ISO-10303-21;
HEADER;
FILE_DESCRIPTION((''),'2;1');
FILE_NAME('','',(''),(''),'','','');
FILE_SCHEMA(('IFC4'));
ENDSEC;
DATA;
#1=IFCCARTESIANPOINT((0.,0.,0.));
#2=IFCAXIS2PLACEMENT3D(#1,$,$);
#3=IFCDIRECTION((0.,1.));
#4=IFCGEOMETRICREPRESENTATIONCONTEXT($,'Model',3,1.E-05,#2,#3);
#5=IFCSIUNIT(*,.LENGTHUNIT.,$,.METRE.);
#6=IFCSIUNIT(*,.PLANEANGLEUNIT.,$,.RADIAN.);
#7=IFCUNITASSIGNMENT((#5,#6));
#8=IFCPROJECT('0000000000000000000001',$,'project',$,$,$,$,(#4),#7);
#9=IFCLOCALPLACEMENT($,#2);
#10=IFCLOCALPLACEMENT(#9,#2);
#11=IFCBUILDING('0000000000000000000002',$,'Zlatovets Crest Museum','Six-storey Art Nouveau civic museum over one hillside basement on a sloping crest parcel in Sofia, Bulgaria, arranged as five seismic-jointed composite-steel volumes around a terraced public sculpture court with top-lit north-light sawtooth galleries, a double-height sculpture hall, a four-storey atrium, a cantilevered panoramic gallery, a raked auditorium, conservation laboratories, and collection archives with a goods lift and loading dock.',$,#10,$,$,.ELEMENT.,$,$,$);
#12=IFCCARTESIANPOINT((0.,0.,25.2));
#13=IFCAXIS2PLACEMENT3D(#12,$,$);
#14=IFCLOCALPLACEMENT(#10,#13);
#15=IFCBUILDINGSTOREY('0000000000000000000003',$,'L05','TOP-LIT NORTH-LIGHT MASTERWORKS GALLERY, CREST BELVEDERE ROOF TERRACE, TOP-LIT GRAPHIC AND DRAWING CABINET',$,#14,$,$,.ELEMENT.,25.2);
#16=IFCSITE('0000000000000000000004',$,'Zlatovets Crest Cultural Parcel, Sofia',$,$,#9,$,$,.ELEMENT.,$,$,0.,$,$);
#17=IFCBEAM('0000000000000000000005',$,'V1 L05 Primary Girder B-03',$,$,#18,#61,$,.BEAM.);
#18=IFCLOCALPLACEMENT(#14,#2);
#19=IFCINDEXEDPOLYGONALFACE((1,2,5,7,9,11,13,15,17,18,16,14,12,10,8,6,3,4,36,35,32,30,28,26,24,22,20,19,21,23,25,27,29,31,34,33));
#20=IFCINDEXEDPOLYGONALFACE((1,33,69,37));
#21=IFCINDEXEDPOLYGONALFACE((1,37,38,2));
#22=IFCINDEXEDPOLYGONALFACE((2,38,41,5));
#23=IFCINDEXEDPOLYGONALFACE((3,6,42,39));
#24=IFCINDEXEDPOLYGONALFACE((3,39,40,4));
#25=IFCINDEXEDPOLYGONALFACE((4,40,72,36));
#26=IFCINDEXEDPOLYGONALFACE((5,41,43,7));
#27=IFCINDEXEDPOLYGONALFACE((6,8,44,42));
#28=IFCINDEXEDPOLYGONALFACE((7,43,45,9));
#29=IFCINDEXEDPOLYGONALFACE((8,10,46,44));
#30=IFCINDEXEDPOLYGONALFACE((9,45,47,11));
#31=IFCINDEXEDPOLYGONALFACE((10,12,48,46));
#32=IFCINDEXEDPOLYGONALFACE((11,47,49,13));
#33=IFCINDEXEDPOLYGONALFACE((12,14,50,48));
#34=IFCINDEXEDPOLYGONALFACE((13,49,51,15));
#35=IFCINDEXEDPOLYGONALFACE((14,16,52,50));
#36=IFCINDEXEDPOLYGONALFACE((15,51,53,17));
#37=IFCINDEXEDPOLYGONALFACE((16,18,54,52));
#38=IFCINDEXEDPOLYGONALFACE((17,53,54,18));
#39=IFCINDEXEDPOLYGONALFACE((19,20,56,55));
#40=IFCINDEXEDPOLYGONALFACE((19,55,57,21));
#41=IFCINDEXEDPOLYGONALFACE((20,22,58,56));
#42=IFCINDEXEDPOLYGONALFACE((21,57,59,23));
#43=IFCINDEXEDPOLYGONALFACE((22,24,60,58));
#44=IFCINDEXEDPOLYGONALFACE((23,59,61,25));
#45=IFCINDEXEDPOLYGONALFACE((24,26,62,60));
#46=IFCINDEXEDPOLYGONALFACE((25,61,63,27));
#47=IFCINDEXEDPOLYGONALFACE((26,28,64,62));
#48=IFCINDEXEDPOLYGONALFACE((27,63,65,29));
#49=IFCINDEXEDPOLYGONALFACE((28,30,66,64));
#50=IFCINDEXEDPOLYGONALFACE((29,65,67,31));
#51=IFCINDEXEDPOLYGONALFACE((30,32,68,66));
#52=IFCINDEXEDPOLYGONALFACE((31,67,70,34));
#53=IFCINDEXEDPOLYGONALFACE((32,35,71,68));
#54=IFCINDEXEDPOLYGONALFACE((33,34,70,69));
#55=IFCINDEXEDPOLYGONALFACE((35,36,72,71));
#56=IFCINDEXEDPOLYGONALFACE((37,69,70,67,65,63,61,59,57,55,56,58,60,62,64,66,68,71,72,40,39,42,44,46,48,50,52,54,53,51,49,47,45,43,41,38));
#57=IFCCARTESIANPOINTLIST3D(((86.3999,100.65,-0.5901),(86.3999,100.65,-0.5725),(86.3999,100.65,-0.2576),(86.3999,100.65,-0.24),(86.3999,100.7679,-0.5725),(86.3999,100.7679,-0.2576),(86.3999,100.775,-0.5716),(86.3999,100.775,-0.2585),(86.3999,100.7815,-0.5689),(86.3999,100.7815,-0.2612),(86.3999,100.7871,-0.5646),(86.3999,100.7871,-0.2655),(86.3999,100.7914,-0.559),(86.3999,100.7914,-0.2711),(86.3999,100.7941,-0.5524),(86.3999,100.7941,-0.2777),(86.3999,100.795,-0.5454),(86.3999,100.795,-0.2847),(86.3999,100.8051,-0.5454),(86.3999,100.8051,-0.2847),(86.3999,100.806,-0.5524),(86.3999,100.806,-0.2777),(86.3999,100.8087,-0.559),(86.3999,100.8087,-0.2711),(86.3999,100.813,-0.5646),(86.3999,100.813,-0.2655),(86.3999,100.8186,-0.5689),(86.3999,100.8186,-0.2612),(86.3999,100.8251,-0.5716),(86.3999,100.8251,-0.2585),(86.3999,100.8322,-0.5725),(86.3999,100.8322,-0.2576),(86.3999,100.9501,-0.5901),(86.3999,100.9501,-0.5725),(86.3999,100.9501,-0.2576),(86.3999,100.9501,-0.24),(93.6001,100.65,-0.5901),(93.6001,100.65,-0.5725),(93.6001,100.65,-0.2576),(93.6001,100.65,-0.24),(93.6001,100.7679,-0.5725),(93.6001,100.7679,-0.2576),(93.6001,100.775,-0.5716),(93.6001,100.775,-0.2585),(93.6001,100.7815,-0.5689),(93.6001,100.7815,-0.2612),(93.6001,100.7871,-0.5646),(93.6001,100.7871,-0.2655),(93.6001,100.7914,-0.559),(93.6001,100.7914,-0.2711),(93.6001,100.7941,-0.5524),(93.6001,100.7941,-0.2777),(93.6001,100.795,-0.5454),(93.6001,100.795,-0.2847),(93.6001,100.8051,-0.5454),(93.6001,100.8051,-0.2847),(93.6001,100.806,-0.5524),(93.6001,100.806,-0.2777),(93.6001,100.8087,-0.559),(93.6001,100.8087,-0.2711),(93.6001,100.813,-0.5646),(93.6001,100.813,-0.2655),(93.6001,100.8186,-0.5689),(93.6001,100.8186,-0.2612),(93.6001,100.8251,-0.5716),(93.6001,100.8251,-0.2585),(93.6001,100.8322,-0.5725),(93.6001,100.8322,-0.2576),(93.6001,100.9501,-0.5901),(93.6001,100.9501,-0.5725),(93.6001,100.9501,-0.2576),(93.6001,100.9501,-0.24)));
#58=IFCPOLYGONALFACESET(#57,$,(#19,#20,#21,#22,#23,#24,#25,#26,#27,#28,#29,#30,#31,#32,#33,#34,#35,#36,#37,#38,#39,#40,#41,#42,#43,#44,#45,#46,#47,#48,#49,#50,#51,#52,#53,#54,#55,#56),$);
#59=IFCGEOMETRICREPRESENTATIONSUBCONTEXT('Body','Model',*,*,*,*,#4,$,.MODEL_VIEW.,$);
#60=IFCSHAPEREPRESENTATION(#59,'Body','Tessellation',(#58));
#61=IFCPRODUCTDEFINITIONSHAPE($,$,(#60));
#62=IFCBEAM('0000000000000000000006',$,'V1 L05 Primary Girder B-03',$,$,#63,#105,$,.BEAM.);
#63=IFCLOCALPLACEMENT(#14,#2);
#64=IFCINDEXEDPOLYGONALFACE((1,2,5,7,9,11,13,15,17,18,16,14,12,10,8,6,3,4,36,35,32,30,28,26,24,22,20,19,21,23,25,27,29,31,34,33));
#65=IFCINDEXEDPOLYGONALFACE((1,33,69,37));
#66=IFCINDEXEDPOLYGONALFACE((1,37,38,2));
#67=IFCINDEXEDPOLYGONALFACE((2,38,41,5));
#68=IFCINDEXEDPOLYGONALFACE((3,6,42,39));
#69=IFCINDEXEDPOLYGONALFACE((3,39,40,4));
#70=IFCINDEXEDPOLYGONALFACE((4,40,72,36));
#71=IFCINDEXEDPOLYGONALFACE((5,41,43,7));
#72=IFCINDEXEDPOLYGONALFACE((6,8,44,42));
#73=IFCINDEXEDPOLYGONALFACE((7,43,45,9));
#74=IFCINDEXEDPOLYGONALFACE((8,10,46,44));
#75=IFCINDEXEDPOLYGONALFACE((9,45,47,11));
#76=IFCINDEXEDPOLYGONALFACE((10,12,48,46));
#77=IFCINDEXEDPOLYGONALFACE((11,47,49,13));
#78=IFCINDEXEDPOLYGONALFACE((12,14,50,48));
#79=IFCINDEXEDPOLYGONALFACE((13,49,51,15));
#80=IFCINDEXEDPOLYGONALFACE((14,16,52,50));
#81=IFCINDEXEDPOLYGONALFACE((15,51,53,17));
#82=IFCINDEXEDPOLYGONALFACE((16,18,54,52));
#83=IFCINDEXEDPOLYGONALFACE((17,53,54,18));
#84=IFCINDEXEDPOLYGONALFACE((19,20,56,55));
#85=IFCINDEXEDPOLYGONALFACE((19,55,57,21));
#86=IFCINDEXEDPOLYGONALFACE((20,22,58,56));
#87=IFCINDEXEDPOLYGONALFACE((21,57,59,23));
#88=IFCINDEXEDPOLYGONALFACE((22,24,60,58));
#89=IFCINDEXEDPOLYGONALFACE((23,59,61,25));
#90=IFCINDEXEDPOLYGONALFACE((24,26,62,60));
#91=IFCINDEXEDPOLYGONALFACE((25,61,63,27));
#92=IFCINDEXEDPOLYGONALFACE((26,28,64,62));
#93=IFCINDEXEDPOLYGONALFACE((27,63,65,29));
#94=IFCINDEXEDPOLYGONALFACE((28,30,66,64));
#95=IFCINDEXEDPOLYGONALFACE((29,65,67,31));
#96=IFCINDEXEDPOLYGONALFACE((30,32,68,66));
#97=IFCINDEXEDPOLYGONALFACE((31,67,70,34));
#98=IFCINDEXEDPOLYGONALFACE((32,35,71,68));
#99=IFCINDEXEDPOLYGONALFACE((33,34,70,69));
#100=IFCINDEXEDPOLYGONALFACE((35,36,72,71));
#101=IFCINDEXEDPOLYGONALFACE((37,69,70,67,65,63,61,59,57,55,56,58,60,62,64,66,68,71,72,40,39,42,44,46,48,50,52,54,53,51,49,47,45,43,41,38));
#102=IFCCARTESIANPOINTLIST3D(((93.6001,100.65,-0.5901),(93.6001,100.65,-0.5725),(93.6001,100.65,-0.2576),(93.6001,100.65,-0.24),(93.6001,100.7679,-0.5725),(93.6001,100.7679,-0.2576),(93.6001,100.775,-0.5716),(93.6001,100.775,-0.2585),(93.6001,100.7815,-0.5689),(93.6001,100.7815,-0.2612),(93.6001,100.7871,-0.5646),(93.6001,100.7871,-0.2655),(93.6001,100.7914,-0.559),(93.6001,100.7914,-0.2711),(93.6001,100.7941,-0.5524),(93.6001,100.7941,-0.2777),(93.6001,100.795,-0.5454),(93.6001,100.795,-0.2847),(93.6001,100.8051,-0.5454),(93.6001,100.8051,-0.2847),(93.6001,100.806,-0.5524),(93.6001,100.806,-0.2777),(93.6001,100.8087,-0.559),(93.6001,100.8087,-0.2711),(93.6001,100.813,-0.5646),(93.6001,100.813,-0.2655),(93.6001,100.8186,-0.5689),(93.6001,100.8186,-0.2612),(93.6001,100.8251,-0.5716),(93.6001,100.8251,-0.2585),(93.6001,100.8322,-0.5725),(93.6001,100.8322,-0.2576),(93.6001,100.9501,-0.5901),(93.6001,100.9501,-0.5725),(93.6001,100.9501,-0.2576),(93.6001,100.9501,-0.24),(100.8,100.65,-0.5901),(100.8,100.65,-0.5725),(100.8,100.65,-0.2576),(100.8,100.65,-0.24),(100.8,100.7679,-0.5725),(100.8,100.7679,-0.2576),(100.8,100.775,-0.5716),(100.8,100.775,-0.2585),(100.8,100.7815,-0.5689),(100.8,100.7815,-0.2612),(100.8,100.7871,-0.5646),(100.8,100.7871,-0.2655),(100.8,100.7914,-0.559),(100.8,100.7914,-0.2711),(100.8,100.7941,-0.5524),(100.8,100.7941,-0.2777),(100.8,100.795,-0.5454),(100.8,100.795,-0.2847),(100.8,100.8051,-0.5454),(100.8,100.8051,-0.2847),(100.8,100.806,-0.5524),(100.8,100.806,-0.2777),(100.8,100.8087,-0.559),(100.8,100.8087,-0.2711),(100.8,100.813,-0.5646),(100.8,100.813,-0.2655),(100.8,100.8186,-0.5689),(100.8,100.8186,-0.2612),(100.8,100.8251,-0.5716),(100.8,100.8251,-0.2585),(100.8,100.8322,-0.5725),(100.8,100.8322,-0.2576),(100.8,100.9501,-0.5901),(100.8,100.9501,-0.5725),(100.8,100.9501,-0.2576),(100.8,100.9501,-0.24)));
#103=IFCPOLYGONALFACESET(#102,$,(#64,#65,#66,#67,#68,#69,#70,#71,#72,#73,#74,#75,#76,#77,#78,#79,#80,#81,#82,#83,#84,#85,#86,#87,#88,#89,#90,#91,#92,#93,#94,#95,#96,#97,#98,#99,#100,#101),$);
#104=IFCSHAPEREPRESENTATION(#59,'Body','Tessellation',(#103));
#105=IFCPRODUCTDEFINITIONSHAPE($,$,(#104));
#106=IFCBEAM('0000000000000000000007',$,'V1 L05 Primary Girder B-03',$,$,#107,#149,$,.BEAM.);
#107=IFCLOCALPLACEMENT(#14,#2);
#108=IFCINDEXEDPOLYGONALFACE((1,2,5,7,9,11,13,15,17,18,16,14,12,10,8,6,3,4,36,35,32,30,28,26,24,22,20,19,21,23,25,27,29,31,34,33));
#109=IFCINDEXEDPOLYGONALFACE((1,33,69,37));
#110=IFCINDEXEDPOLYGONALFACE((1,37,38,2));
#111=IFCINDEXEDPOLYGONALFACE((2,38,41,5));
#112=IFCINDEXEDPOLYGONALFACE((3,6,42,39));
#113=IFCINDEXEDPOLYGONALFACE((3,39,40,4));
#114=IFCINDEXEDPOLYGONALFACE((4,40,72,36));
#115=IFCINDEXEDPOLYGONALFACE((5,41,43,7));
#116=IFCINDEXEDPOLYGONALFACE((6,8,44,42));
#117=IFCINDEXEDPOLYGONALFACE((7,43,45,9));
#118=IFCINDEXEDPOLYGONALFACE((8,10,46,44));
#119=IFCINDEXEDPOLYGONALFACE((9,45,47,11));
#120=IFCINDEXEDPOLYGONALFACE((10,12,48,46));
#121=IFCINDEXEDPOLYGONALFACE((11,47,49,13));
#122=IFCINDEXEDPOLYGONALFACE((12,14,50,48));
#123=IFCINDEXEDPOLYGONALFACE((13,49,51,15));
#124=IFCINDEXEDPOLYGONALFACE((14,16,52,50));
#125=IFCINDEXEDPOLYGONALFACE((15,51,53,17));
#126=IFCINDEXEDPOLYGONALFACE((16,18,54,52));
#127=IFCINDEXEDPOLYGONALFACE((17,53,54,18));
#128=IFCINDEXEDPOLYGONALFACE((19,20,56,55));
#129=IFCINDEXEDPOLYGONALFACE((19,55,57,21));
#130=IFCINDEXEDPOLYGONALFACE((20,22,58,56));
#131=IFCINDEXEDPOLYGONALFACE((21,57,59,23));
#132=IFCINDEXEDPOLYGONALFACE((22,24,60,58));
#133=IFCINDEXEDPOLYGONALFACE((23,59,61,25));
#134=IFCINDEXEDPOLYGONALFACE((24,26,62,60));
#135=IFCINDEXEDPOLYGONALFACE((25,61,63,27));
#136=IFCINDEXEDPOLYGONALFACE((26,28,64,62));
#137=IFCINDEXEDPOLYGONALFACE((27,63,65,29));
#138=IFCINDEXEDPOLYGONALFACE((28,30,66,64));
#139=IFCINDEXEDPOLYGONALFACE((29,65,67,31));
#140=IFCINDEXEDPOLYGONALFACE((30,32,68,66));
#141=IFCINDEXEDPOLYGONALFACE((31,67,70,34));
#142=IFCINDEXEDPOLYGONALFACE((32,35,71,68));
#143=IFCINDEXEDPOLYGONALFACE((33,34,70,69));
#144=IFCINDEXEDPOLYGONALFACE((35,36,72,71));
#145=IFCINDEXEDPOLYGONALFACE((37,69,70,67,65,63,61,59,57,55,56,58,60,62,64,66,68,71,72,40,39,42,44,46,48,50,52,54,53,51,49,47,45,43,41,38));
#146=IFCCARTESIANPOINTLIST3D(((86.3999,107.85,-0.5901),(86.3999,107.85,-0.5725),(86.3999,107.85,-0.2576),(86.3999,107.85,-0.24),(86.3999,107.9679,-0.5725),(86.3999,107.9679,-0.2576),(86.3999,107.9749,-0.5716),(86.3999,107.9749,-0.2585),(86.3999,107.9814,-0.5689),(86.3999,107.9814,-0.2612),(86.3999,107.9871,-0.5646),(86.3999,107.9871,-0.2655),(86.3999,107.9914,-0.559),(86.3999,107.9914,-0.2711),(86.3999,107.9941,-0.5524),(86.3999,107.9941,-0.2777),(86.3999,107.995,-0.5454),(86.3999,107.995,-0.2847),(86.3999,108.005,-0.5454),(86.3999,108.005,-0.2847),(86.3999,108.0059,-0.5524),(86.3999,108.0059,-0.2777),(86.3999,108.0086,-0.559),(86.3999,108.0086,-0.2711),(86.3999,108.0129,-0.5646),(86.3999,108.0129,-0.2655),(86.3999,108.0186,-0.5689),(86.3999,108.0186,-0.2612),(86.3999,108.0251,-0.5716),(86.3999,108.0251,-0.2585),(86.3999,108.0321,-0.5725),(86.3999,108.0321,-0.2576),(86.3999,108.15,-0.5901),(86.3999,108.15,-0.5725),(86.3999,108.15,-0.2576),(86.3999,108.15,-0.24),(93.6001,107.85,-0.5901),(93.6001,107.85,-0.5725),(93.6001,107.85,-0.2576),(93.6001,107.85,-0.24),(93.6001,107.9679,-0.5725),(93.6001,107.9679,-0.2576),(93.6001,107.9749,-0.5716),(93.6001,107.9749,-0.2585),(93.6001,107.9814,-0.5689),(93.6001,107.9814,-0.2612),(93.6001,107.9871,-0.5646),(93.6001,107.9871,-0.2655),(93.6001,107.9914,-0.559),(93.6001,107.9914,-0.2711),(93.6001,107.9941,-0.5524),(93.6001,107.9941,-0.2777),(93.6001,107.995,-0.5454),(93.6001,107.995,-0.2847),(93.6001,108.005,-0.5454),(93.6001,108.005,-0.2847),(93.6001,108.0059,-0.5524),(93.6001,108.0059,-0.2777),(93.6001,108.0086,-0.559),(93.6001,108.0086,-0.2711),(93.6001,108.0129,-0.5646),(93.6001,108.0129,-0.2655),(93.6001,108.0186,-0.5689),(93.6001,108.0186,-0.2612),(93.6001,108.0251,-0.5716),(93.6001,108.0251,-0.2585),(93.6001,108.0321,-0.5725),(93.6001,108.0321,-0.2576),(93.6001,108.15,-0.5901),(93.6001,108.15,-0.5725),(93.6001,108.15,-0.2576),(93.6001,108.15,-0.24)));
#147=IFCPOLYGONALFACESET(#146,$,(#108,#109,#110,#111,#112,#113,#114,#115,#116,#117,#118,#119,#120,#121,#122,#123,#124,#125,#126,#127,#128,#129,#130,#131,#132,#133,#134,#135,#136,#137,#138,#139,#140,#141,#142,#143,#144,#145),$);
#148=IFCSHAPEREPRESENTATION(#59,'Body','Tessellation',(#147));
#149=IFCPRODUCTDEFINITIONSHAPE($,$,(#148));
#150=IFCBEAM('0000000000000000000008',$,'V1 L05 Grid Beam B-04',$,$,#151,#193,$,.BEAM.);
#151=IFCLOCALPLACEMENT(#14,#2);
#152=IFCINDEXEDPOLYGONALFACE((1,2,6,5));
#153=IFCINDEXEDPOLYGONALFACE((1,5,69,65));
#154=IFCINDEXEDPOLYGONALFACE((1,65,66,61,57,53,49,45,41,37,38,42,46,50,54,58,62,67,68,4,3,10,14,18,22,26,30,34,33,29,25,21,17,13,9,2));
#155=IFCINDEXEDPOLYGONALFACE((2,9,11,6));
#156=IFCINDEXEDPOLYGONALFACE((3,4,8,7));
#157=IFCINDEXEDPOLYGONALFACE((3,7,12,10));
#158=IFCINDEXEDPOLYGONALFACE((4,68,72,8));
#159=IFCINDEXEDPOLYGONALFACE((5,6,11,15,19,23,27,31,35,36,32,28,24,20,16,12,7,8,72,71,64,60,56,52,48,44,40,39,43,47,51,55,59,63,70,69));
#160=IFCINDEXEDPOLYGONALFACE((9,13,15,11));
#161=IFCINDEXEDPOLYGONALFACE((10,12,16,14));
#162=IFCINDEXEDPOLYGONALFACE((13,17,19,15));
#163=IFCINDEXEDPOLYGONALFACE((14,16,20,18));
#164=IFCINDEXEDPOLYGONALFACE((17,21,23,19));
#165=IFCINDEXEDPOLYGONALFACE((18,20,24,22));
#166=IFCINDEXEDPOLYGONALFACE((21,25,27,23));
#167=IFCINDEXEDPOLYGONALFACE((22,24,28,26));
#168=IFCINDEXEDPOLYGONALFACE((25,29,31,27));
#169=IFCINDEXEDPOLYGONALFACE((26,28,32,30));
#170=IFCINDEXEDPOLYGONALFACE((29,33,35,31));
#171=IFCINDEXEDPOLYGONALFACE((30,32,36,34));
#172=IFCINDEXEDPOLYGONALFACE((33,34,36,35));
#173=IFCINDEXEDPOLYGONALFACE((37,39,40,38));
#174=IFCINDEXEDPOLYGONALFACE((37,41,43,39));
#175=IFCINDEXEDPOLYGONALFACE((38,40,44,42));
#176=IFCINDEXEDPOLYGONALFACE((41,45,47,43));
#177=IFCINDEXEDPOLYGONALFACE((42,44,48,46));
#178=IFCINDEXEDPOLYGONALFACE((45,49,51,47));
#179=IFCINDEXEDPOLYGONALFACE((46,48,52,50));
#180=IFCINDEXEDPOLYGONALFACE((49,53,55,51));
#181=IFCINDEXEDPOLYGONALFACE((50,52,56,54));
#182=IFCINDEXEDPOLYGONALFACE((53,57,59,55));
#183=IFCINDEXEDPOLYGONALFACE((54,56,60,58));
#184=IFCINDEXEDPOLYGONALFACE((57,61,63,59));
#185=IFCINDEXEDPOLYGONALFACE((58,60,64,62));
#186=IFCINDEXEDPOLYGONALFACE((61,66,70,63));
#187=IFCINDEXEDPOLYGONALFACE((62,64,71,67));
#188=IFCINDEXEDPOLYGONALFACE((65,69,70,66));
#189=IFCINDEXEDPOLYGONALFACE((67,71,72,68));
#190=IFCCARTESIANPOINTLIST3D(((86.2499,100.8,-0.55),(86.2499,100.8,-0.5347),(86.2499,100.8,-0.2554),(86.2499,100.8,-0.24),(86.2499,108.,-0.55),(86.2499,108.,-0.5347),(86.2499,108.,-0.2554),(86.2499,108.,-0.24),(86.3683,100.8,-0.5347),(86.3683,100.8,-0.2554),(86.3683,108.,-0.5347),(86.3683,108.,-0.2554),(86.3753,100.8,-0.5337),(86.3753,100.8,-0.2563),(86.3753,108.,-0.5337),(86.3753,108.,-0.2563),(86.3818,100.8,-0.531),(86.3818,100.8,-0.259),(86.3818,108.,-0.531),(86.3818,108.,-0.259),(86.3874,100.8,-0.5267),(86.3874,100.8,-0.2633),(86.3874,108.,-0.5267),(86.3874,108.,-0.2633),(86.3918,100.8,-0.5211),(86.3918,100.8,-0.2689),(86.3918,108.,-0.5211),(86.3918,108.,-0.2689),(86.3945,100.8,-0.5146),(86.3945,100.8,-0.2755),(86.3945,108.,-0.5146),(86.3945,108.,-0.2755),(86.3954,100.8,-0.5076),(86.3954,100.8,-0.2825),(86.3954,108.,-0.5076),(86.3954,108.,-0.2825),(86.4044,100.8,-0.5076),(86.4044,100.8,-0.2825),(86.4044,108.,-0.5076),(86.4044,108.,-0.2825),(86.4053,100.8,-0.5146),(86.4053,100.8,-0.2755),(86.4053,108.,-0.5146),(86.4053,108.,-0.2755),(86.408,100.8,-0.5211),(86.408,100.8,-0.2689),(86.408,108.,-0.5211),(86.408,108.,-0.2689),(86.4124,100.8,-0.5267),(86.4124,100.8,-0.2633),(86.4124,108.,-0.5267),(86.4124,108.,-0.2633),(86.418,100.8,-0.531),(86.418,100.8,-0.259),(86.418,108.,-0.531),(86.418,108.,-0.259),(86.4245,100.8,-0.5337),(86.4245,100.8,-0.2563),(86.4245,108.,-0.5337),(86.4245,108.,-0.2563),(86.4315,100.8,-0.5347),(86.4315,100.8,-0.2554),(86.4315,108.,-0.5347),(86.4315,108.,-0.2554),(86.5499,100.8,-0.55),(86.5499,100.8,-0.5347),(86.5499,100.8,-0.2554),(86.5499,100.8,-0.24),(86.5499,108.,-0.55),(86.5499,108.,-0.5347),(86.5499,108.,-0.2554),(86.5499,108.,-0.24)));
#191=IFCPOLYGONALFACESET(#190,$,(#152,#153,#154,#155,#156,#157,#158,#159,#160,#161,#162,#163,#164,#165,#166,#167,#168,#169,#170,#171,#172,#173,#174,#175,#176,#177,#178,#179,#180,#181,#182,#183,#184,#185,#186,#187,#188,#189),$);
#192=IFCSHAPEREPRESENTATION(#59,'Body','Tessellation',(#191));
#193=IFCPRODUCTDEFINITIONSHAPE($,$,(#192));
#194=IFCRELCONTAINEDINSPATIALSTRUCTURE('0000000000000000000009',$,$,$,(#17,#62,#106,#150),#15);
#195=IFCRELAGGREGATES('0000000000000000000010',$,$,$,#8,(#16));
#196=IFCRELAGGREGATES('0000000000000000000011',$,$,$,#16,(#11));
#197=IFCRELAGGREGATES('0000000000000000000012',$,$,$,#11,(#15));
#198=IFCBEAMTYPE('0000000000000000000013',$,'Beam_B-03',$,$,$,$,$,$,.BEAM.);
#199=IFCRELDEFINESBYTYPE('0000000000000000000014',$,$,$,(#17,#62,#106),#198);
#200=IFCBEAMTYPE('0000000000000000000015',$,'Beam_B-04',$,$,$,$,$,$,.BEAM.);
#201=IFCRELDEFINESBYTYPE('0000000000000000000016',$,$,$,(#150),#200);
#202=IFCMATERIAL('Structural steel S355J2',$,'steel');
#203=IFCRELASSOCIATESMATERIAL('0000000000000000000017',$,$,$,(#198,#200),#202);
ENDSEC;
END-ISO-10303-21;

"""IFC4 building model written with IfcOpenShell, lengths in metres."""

from ifc_helpers import new_model, si_unit, direction, frame, origin, origin_2d, place, context, subcontext, project, spatial, i_section, extrude, material, material_profile, profile_set, type_object, element, save


model = new_model("IFC4")

# Units and contexts
model_context = context("Model", 3, precision=1e-05, world=origin(), true_north=direction((0.0, 1.0)))
body_context = subcontext(model_context, "Body", "Model", "MODEL_VIEW")
ifc_project = project(units=[si_unit("LENGTHUNIT", "METRE"), si_unit("PLANEANGLEUNIT", "RADIAN")], contexts=[model_context])

# Site, building, storey
site_placement = place(None, origin())
site = spatial("IfcSite", under=ifc_project, at=site_placement, Name="Zlatovets Crest Cultural Parcel, Sofia", CompositionType="ELEMENT", RefElevation=0.0)
building_placement = place(site_placement, origin())
building = spatial("IfcBuilding", under=site, at=building_placement, Name="Zlatovets Crest Museum", Description="Six-storey Art Nouveau civic museum over one hillside basement on a sloping crest parcel in Sofia, Bulgaria, arranged as five seismic-jointed composite-steel volumes around a terraced public sculpture court with top-lit north-light sawtooth galleries, a double-height sculpture hall, a four-storey atrium, a cantilevered panoramic gallery, a raked auditorium, conservation laboratories, and collection archives with a goods lift and loading dock.", CompositionType="ELEMENT")
storey_placement = place(building_placement, frame((0.0, 0.0, 25.2)))
storey = spatial("IfcBuildingStorey", under=building, at=storey_placement, Name="L05", Description="TOP-LIT NORTH-LIGHT MASTERWORKS GALLERY, CREST BELVEDERE ROOF TERRACE, TOP-LIT GRAPHIC AND DRAWING CABINET", CompositionType="ELEMENT", Elevation=25.2)

# Beams
ifc_material_1 = material(Name="Structural steel S355J2", Category="steel")
ifc_material_profile_1 = material_profile(ifc_material_1, i_section(OverallWidth=0.3, OverallDepth=0.3501, WebThickness=0.01, FlangeThickness=0.0176, FilletRadius=0.0271, at=origin_2d()), Name="HEA 360")
ifc_profile_set_1 = profile_set([ifc_material_profile_1], Name="Structural steel S355J2")
beam_type_1 = type_object("IfcBeamType", Name="Beam_B-03", PredefinedType="BEAM", material=ifc_profile_set_1)
beam_1_placement = place(storey_placement, frame((86.3999, 100.8, -0.415), z_axis=(1.0, 0.0, 0.0), x_axis=(0.0, 1.0, 0.0)))
element("IfcBeam", 1, at=beam_1_placement, inside=storey, type_object=beam_type_1, Name="V1 L05 Primary Girder B-03", PredefinedType="BEAM", context=body_context, shape_type="SweptSolid", body=[
    extrude(i_section(OverallWidth=0.3, OverallDepth=0.3501, WebThickness=0.01, FlangeThickness=0.0176, FilletRadius=0.0271, at=origin_2d()), origin(), (0.0, 0.0, 1.0), 7.2002),
])
beam_2_placement = place(storey_placement, frame((93.6001, 100.8, -0.415), z_axis=(1.0, 0.0, 0.0), x_axis=(0.0, 1.0, 0.0)))
element("IfcBeam", 2, at=beam_2_placement, inside=storey, type_object=beam_type_1, Name="V1 L05 Primary Girder B-03", PredefinedType="BEAM", context=body_context, shape_type="SweptSolid", body=[
    extrude(i_section(OverallWidth=0.3, OverallDepth=0.3501, WebThickness=0.01, FlangeThickness=0.0176, FilletRadius=0.0271, at=origin_2d()), origin(), (0.0, 0.0, 1.0), 7.2),
])
beam_3_placement = place(storey_placement, frame((86.3999, 108.0, -0.415), z_axis=(1.0, 0.0, 0.0), x_axis=(0.0, 1.0, 0.0)))
element("IfcBeam", 3, at=beam_3_placement, inside=storey, type_object=beam_type_1, Name="V1 L05 Primary Girder B-03", PredefinedType="BEAM", context=body_context, shape_type="SweptSolid", body=[
    extrude(i_section(OverallWidth=0.3, OverallDepth=0.3501, WebThickness=0.01, FlangeThickness=0.0176, FilletRadius=0.0271, at=origin_2d()), origin(), (0.0, 0.0, 1.0), 7.2002),
])
ifc_material_profile_2 = material_profile(ifc_material_1, i_section(OverallWidth=0.3, OverallDepth=0.3101, WebThickness=0.009, FlangeThickness=0.0154, FilletRadius=0.0271, at=origin_2d()), Name="HEA 320")
ifc_profile_set_2 = profile_set([ifc_material_profile_2], Name="Structural steel S355J2")
beam_type_2 = type_object("IfcBeamType", Name="Beam_B-04", PredefinedType="BEAM", material=ifc_profile_set_2)
for number, where, z_axis, x_axis, name in (
    (4, (86.3999, 100.8, -0.395), (0.0, 1.0, 0.0), (-1.0, 0.0, 0.0), "V1 L05 Grid Beam B-04"),
):
    element("IfcBeam", number, at=place(storey_placement, frame(where, z_axis=z_axis, x_axis=x_axis)), inside=storey, type_object=beam_type_2, Name=name, PredefinedType="BEAM", context=body_context, shape_type="SweptSolid", body=[
        extrude(i_section(OverallWidth=0.3, OverallDepth=0.3101, WebThickness=0.009, FlangeThickness=0.0154, FilletRadius=0.0271, at=origin_2d()), origin(), (0.0, 0.0, 1.0), 7.2),
    ])

save(model, "model.ifc")
